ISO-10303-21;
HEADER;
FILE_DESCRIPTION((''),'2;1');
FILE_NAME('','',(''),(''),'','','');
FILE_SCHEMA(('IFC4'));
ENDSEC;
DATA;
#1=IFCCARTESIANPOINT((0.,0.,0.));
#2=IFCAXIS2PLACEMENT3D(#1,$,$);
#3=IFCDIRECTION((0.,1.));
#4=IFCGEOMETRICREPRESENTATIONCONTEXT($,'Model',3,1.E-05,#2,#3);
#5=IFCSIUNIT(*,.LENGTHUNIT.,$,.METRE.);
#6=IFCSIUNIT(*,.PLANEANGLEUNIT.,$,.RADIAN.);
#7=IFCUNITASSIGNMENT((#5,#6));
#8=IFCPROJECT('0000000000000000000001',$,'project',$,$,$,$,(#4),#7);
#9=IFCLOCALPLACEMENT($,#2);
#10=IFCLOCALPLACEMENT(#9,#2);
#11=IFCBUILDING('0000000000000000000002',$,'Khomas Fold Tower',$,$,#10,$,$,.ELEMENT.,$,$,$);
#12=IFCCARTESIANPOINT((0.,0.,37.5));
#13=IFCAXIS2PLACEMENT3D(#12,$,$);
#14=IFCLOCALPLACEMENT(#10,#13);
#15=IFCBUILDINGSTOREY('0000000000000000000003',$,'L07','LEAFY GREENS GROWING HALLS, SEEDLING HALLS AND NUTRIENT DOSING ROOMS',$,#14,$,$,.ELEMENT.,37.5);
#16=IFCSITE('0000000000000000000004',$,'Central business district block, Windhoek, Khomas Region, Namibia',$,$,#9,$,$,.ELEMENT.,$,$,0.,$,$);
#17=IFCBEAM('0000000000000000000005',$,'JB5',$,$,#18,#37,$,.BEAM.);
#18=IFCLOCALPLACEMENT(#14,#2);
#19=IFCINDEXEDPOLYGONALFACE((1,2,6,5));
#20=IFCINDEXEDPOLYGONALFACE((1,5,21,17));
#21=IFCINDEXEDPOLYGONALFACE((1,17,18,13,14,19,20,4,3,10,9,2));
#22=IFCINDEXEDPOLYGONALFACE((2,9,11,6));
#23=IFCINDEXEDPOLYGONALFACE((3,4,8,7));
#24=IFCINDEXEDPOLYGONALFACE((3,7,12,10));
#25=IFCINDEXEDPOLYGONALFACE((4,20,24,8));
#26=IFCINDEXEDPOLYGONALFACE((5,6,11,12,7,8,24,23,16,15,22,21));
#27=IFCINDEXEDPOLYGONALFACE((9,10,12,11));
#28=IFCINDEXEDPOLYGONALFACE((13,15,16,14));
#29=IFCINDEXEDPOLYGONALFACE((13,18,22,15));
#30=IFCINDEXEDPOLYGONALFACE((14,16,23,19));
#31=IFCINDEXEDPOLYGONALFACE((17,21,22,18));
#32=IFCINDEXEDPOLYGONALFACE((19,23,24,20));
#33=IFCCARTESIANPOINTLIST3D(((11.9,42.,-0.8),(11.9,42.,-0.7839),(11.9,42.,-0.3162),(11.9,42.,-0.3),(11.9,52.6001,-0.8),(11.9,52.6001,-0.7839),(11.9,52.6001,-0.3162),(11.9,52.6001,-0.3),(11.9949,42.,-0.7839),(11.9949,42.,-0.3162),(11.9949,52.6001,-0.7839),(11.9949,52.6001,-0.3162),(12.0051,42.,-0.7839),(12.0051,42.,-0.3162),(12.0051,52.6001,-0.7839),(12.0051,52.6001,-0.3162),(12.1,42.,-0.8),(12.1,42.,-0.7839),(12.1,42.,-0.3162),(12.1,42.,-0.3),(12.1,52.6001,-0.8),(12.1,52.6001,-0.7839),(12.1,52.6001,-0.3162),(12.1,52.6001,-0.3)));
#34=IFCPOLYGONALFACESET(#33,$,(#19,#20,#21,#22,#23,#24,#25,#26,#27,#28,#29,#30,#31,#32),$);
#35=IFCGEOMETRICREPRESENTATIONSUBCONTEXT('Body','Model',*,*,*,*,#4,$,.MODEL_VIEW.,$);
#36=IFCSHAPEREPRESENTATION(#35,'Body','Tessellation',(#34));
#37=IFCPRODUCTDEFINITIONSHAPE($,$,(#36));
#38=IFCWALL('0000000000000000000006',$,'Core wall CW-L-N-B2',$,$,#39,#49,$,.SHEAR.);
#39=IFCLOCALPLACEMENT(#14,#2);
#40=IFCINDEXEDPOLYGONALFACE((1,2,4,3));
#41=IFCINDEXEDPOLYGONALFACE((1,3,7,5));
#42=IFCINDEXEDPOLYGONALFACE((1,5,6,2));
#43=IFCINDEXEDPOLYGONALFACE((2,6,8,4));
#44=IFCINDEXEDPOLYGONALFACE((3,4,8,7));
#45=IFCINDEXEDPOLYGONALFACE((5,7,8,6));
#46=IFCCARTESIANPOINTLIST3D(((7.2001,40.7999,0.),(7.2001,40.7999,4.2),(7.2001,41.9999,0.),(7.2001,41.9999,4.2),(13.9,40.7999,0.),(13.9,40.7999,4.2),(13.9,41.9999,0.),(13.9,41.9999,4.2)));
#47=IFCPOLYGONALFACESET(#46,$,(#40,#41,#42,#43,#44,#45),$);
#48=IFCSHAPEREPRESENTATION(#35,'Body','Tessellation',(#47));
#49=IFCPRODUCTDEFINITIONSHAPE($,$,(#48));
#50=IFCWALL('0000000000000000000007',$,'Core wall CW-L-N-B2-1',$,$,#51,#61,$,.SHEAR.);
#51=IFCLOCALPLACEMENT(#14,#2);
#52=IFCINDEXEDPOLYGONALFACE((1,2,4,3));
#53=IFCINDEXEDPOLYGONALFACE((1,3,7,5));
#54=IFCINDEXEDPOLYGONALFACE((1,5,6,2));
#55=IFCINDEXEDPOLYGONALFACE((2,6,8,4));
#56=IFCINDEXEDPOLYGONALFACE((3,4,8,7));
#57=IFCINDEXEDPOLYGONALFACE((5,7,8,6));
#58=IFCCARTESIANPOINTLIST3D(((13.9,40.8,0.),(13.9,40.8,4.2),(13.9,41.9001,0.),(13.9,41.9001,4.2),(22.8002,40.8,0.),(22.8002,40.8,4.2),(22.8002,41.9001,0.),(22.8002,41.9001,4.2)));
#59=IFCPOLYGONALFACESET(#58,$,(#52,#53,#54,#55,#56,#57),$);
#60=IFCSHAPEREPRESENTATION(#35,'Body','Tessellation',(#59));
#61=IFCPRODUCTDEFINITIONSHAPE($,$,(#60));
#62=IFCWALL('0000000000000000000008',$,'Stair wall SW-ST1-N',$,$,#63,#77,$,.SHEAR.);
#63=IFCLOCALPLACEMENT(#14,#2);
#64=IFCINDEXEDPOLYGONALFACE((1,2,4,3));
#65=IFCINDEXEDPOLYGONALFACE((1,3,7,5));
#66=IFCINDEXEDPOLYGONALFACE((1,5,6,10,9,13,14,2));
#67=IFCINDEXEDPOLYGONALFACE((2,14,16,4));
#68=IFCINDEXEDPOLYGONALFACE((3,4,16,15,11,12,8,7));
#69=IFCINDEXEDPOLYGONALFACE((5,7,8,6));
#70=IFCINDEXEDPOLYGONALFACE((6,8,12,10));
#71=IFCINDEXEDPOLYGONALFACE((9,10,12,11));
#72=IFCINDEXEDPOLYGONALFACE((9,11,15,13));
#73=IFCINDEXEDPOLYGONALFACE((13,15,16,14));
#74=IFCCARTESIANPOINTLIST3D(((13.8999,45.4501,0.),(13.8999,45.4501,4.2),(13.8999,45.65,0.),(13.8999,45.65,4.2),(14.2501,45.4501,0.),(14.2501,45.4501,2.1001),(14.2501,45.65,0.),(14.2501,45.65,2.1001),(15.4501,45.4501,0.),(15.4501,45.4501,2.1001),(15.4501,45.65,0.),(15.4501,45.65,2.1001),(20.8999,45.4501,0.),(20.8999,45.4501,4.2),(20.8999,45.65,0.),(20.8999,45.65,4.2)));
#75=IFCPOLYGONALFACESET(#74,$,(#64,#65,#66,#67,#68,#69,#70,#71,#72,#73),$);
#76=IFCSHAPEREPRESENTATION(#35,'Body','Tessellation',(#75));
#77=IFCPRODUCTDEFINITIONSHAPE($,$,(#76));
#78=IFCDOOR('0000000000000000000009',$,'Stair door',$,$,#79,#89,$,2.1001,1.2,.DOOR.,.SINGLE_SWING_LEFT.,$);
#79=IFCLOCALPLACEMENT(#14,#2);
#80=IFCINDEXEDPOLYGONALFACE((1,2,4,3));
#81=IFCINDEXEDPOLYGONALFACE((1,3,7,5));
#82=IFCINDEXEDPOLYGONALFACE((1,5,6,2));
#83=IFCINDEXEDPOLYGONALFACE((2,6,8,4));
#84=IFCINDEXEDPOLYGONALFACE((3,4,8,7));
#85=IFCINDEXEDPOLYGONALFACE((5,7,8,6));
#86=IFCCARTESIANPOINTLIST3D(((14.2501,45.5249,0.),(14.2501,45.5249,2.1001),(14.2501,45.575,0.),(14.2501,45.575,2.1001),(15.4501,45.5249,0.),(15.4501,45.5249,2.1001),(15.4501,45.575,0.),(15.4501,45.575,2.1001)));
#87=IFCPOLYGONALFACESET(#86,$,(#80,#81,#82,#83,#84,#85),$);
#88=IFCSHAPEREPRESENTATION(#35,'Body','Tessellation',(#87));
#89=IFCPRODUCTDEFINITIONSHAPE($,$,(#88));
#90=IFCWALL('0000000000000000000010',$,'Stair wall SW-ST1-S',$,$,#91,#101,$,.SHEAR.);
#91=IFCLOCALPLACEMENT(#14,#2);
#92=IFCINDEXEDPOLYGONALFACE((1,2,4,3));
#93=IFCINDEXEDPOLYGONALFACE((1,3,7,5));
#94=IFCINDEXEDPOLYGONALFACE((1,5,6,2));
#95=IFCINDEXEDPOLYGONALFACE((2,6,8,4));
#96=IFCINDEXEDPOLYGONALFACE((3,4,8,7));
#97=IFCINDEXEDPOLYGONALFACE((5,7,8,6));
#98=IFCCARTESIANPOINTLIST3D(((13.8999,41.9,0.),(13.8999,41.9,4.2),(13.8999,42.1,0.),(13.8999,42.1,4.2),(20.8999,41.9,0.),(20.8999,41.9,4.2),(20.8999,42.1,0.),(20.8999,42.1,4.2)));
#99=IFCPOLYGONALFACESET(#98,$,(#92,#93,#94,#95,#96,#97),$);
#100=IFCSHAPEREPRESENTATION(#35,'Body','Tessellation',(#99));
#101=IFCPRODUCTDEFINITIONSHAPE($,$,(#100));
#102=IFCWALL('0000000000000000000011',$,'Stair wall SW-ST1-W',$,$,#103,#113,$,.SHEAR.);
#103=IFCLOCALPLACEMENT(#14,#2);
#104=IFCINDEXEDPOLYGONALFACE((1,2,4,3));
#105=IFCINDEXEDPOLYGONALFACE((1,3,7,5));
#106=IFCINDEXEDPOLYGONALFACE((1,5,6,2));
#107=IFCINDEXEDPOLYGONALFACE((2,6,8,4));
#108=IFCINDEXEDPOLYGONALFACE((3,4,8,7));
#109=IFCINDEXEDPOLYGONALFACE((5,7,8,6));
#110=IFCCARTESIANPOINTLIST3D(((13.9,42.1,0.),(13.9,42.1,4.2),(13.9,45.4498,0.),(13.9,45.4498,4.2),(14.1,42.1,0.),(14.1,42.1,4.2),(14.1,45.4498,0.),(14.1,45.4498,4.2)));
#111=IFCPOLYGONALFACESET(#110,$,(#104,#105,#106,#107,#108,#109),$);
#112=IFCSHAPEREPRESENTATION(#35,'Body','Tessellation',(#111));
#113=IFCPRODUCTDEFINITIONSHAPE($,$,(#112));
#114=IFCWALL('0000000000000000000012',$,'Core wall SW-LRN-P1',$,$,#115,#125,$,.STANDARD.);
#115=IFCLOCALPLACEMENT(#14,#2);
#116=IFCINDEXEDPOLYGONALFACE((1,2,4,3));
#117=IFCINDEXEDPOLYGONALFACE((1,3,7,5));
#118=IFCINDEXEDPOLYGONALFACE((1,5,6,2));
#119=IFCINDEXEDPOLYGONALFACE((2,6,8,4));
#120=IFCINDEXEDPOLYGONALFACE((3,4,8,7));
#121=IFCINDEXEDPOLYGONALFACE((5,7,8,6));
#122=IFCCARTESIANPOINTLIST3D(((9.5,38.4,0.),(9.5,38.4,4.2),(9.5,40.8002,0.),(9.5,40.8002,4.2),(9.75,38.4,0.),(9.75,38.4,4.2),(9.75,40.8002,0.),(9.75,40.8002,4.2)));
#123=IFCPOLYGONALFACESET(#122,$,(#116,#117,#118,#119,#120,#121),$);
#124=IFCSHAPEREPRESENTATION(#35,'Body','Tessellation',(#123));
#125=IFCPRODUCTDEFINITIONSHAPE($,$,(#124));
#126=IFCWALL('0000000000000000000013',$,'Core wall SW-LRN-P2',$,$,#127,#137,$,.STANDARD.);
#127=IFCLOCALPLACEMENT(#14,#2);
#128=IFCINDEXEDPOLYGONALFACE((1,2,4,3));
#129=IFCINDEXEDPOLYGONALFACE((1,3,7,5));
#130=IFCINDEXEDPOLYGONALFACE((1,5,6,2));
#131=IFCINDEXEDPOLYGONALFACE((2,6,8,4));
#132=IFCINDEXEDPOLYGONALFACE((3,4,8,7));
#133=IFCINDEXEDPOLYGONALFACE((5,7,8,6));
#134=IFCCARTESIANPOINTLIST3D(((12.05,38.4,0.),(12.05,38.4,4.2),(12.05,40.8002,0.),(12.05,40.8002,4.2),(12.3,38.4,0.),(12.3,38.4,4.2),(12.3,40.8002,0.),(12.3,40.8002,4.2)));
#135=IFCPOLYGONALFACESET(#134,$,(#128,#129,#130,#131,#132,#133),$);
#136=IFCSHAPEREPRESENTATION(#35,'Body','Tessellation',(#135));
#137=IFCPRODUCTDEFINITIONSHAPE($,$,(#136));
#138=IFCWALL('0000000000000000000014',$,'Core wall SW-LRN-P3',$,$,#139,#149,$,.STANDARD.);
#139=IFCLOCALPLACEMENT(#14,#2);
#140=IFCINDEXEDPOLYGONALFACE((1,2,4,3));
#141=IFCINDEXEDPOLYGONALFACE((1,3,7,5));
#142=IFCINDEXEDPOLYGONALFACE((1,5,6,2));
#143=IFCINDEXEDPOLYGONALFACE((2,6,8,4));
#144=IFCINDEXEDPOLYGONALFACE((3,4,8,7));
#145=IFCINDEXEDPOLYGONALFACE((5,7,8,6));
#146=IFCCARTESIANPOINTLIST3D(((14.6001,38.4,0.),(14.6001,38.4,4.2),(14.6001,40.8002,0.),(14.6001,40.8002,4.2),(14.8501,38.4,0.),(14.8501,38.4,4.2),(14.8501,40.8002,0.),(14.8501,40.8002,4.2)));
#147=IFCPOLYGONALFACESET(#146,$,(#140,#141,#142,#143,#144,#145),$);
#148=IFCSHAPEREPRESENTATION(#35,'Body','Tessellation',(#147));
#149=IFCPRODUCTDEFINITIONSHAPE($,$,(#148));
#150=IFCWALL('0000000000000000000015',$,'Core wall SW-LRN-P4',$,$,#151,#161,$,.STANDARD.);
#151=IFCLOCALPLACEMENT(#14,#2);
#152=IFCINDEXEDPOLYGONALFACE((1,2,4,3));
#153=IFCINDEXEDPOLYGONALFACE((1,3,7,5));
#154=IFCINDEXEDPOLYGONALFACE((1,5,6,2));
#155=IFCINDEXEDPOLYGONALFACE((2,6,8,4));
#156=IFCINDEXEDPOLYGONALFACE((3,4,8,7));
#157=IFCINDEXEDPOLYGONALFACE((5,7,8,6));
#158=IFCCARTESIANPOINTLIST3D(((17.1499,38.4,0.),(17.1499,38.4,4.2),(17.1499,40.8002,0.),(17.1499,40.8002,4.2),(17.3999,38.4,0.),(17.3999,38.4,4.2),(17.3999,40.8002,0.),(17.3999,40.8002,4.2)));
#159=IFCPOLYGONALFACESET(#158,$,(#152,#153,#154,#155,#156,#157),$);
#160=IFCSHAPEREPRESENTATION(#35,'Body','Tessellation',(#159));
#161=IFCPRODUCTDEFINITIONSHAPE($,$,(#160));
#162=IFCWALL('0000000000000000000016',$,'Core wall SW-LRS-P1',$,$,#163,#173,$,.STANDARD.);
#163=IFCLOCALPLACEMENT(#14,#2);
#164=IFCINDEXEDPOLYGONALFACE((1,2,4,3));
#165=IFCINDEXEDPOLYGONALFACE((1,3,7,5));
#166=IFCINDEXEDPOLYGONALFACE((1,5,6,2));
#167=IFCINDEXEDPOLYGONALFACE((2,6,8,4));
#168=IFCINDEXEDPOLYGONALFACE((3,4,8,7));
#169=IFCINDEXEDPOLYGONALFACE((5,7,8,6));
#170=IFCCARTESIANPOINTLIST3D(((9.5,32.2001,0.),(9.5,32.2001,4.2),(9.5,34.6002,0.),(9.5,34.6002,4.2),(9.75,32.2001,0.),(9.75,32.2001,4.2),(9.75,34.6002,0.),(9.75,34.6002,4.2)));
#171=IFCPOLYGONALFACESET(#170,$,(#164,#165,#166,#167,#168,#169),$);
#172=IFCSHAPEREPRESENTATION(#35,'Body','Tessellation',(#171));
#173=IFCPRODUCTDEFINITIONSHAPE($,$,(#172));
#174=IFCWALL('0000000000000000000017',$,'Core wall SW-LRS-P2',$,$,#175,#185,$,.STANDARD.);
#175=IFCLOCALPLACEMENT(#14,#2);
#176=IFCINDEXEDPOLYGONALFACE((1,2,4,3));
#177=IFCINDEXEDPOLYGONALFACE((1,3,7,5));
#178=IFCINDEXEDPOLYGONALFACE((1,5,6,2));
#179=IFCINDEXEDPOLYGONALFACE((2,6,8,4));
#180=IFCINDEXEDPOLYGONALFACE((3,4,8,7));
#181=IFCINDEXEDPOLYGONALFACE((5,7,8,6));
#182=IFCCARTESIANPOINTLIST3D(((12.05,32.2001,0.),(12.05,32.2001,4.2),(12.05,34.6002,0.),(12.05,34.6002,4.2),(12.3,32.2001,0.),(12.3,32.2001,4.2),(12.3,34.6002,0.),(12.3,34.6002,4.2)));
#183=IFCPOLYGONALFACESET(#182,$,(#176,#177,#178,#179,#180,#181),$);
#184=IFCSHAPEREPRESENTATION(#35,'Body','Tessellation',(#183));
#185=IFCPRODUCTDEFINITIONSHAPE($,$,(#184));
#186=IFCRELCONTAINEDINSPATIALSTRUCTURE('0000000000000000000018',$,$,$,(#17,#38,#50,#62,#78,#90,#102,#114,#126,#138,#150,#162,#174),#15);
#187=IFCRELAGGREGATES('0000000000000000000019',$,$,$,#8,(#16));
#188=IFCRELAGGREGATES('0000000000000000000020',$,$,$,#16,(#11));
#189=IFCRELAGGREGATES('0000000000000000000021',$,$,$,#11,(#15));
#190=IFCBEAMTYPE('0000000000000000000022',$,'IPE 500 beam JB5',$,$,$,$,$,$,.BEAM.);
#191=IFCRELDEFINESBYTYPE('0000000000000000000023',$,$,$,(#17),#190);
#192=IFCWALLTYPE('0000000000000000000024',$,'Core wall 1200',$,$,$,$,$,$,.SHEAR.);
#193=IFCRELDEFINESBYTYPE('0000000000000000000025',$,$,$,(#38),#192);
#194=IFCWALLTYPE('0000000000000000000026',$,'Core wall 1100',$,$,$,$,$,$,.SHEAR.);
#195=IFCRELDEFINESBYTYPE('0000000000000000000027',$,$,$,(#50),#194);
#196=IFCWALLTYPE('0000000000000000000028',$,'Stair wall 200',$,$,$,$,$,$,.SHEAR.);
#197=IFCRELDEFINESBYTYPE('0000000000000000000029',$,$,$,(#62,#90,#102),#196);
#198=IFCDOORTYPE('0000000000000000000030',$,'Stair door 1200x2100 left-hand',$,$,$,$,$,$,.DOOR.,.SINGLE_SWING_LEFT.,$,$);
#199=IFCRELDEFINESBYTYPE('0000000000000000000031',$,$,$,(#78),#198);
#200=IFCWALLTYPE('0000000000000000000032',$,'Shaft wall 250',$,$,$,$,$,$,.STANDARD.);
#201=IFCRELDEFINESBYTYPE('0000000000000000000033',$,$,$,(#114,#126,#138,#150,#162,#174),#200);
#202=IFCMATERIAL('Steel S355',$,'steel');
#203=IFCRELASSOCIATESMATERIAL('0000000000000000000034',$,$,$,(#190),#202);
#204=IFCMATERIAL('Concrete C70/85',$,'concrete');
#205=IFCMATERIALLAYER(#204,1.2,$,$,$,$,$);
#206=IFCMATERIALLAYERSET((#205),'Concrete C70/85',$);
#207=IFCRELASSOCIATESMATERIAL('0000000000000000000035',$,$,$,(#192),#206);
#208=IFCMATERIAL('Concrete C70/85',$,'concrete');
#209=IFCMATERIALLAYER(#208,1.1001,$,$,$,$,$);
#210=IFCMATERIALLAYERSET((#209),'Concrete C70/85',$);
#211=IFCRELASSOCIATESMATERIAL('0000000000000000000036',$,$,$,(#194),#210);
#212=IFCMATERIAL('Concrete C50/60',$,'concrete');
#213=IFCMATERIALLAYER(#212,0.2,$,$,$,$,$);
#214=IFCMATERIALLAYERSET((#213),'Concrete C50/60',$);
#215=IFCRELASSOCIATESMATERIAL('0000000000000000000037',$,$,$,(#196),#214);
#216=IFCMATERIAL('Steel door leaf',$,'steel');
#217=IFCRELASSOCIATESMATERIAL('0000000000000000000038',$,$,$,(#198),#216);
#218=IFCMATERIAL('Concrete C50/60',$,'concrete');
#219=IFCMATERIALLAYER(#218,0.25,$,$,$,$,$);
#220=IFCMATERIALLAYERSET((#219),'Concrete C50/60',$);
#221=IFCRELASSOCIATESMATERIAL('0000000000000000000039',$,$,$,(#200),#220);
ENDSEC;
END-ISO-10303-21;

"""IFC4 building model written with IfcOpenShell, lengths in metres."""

from ifc_helpers import new_model, si_unit, direction, frame, frame_2d, origin, origin_2d, place, context, subcontext, project, spatial, rectangle, i_section, extrude, source, transform, mapped, material, layer, layer_set, material_profile, profile_set, type_object, element, fill, save


model = new_model("IFC4")

# Units and contexts
model_context = context("Model", 3, precision=1e-05, world=origin(), true_north=direction((0.0, 1.0)))
body_context = subcontext(model_context, "Body", "Model", "MODEL_VIEW")
ifc_project = project(units=[si_unit("LENGTHUNIT", "METRE"), si_unit("PLANEANGLEUNIT", "RADIAN")], contexts=[model_context])

# Site, building, storey
site_placement = place(None, origin())
site = spatial("IfcSite", under=ifc_project, at=site_placement, Name="Central business district block, Windhoek, Khomas Region, Namibia", CompositionType="ELEMENT", RefElevation=0.0)
building_placement = place(site_placement, origin())
building = spatial("IfcBuilding", under=site, at=building_placement, Name="Khomas Fold Tower", CompositionType="ELEMENT")
storey_placement = place(building_placement, frame((0.0, 0.0, 37.5)))
storey = spatial("IfcBuildingStorey", under=building, at=storey_placement, Name="L07", Description="LEAFY GREENS GROWING HALLS, SEEDLING HALLS AND NUTRIENT DOSING ROOMS", CompositionType="ELEMENT", Elevation=37.5)

# Beam
ifc_material_1 = material(Name="Steel S355", Category="steel")
ifc_material_profile = material_profile(ifc_material_1, i_section(OverallWidth=0.2, OverallDepth=0.5, WebThickness=0.0103, FlangeThickness=0.0161, at=origin_2d()), Name="IPE 500")
ifc_profile_set = profile_set([ifc_material_profile], Name="Steel S355")
beam_type = type_object("IfcBeamType", Name="IPE 500 beam JB5", PredefinedType="BEAM", material=ifc_profile_set)
shared_shape_1 = source(origin(), body_context, "Body", "SweptSolid", [
    extrude(i_section(OverallWidth=0.2, OverallDepth=0.5, WebThickness=0.0103, FlangeThickness=0.0161, at=origin_2d()), origin(), (0.0, 0.0, 1.0), 10.6001),
])
beam_placement = place(storey_placement, frame((12.0, 42.0, -0.55), z_axis=(0.0, 1.0, 0.0), x_axis=(-1.0, 0.0, 0.0)))
element("IfcBeam", 1, at=beam_placement, inside=storey, type_object=beam_type, Name="JB5", PredefinedType="BEAM", context=body_context, shape_type="MappedRepresentation", body=[
    mapped(shared_shape_1, transform((0.0, 0.0, 0.0))),
])

# Walls
ifc_material_2 = material(Name="Concrete C70/85", Category="concrete")
ifc_layer_1 = layer(ifc_material_2, 1.2)
ifc_layer_set_1 = layer_set([ifc_layer_1], Name="Concrete C70/85")
wall_type_1 = type_object("IfcWallType", Name="Core wall 1200", PredefinedType="SHEAR", material=ifc_layer_set_1)
shared_shape_2 = source(origin(), body_context, "Body", "SweptSolid", [
    extrude(rectangle(XDim=6.7, YDim=1.2, at=frame_2d((3.3501, 0.0))), origin(), (0.0, 0.0, 1.0), 4.2),
])
wall_1_placement = place(storey_placement, frame((7.2, 41.3999, 0.0), z_axis=(0.0, 0.0, 1.0), x_axis=(1.0, 0.0, 0.0)))
element("IfcWall", 2, at=wall_1_placement, inside=storey, type_object=wall_type_1, Name="Core wall CW-L-N-B2", PredefinedType="SHEAR", context=body_context, shape_type="MappedRepresentation", body=[
    mapped(shared_shape_2, transform((0.0, 0.0, 0.0))),
])
ifc_material_3 = material(Name="Concrete C70/85", Category="concrete")
ifc_layer_2 = layer(ifc_material_3, 1.1001)
ifc_layer_set_2 = layer_set([ifc_layer_2], Name="Concrete C70/85")
wall_type_2 = type_object("IfcWallType", Name="Core wall 1100", PredefinedType="SHEAR", material=ifc_layer_set_2)
shared_shape_3 = source(origin(), body_context, "Body", "SweptSolid", [
    extrude(rectangle(XDim=8.9001, YDim=1.1001, at=frame_2d((4.4502, 0.0))), origin(), (0.0, 0.0, 1.0), 4.2),
])
wall_2_placement = place(storey_placement, frame((13.8999, 41.3501, 0.0), z_axis=(0.0, 0.0, 1.0), x_axis=(1.0, 0.0, 0.0)))
element("IfcWall", 3, at=wall_2_placement, inside=storey, type_object=wall_type_2, Name="Core wall CW-L-N-B2-1", PredefinedType="SHEAR", context=body_context, shape_type="MappedRepresentation", body=[
    mapped(shared_shape_3, transform((0.0, 0.0, 0.0))),
])

# Wall, opening, door
ifc_material_4 = material(Name="Concrete C50/60", Category="concrete")
ifc_layer_3 = layer(ifc_material_4, 0.2)
ifc_layer_set_3 = layer_set([ifc_layer_3], Name="Concrete C50/60")
wall_type_3 = type_object("IfcWallType", Name="Stair wall 200", PredefinedType="SHEAR", material=ifc_layer_set_3)
shared_shape_4 = source(origin(), body_context, "Body", "SweptSolid", [
    extrude(rectangle(XDim=7.0, YDim=0.2, at=frame_2d((3.5, 0.0))), origin(), (0.0, 0.0, 1.0), 4.2),
])
wall_3_placement = place(storey_placement, frame((13.8999, 45.55, 0.0), z_axis=(0.0, 0.0, 1.0), x_axis=(1.0, 0.0, 0.0)))
wall_3 = element("IfcWall", 4, at=wall_3_placement, inside=storey, type_object=wall_type_3, Name="Stair wall SW-ST1-N", PredefinedType="SHEAR", context=body_context, shape_type="MappedRepresentation", body=[
    mapped(shared_shape_4, transform((0.0, 0.0, 0.0))),
])
shared_shape_5 = source(origin(), body_context, "Body", "SweptSolid", [
    extrude(rectangle(XDim=1.2, YDim=2.1001, at=frame_2d((0.6001, 1.05))), frame((0.0, 0.1099, 0.0), z_axis=(0.0, -1.0, 0.0), x_axis=(1.0, 0.0, 0.0)), (0.0, 0.0, 1.0), 0.22),
])
opening_placement = place(wall_3_placement, frame((0.3501, 0.0, 0.0)))
opening = element("IfcOpeningElement", 5, at=opening_placement, cuts=wall_3, PredefinedType="OPENING", context=body_context, shape_type="MappedRepresentation", body=[
    mapped(shared_shape_5, transform((0.0, 0.0, 0.0))),
])
ifc_material_5 = material(Name="Steel door leaf", Category="steel")
door_type = type_object("IfcDoorType", Name="Stair door 1200x2100 left-hand", OperationType="SINGLE_SWING_LEFT", PredefinedType="DOOR", material=ifc_material_5)
shared_shape_6 = source(origin(), body_context, "Body", "SweptSolid", [
    extrude(rectangle(XDim=1.2, YDim=2.1001, at=frame_2d((0.6001, 1.05))), frame((0.0, 0.0249, 0.0), z_axis=(0.0, -1.0, 0.0), x_axis=(1.0, 0.0, 0.0)), (0.0, 0.0, 1.0), 0.05),
])
door_placement = place(opening_placement, origin())
door = element("IfcDoor", 6, at=door_placement, inside=storey, type_object=door_type, Name="Stair door", OperationType="SINGLE_SWING_LEFT", OverallHeight=2.1001, OverallWidth=1.2, PredefinedType="DOOR", context=body_context, shape_type="MappedRepresentation", body=[
    mapped(shared_shape_6, transform((0.0, 0.0, 0.0))),
])
fill(opening, door)

# Walls
wall_4_placement = place(storey_placement, frame((13.8999, 42.0, 0.0), z_axis=(0.0, 0.0, 1.0), x_axis=(1.0, 0.0, 0.0)))
element("IfcWall", 7, at=wall_4_placement, inside=storey, type_object=wall_type_3, Name="Stair wall SW-ST1-S", PredefinedType="SHEAR", context=body_context, shape_type="MappedRepresentation", body=[
    mapped(shared_shape_4, transform((0.0, 0.0, 0.0))),
])
shared_shape_7 = source(origin(), body_context, "Body", "SweptSolid", [
    extrude(rectangle(XDim=3.3499, YDim=0.2, at=frame_2d((1.6748, 0.0))), origin(), (0.0, 0.0, 1.0), 4.2),
])
wall_5_placement = place(storey_placement, frame((14.0, 42.1001, 0.0), z_axis=(0.0, 0.0, 1.0), x_axis=(0.0, 1.0, 0.0)))
element("IfcWall", 8, at=wall_5_placement, inside=storey, type_object=wall_type_3, Name="Stair wall SW-ST1-W", PredefinedType="SHEAR", context=body_context, shape_type="MappedRepresentation", body=[
    mapped(shared_shape_7, transform((0.0, 0.0, 0.0))),
])
ifc_material_6 = material(Name="Concrete C50/60", Category="concrete")
ifc_layer_4 = layer(ifc_material_6, 0.25)
ifc_layer_set_4 = layer_set([ifc_layer_4], Name="Concrete C50/60")
wall_type_4 = type_object("IfcWallType", Name="Shaft wall 250", PredefinedType="STANDARD", material=ifc_layer_set_4)
shared_shape_8 = source(origin(), body_context, "Body", "SweptSolid", [
    extrude(rectangle(XDim=2.4001, YDim=0.25, at=frame_2d((1.2002, 0.0))), origin(), (0.0, 0.0, 1.0), 4.2),
])
for number, where, z_axis, x_axis, name in (
    (9, (9.625, 38.3999, 0.0), (0.0, 0.0, 1.0), (0.0, 1.0, 0.0), "Core wall SW-LRN-P1"),
    (10, (12.175, 38.3999, 0.0), (0.0, 0.0, 1.0), (0.0, 1.0, 0.0), "Core wall SW-LRN-P2"),
    (11, (14.7251, 38.3999, 0.0), (0.0, 0.0, 1.0), (0.0, 1.0, 0.0), "Core wall SW-LRN-P3"),
    (12, (17.2749, 38.3999, 0.0), (0.0, 0.0, 1.0), (0.0, 1.0, 0.0), "Core wall SW-LRN-P4"),
    (13, (9.625, 32.2, 0.0), (0.0, 0.0, 1.0), (0.0, 1.0, 0.0), "Core wall SW-LRS-P1"),
    (14, (12.175, 32.2, 0.0), (0.0, 0.0, 1.0), (0.0, 1.0, 0.0), "Core wall SW-LRS-P2"),
):
    element("IfcWall", number, at=place(storey_placement, frame(where, z_axis=z_axis, x_axis=x_axis)), inside=storey, type_object=wall_type_4, Name=name, PredefinedType="STANDARD", context=body_context, shape_type="MappedRepresentation", body=[
        mapped(shared_shape_8, transform((0.0, 0.0, 0.0))),
    ])

save(model, "model.ifc")
